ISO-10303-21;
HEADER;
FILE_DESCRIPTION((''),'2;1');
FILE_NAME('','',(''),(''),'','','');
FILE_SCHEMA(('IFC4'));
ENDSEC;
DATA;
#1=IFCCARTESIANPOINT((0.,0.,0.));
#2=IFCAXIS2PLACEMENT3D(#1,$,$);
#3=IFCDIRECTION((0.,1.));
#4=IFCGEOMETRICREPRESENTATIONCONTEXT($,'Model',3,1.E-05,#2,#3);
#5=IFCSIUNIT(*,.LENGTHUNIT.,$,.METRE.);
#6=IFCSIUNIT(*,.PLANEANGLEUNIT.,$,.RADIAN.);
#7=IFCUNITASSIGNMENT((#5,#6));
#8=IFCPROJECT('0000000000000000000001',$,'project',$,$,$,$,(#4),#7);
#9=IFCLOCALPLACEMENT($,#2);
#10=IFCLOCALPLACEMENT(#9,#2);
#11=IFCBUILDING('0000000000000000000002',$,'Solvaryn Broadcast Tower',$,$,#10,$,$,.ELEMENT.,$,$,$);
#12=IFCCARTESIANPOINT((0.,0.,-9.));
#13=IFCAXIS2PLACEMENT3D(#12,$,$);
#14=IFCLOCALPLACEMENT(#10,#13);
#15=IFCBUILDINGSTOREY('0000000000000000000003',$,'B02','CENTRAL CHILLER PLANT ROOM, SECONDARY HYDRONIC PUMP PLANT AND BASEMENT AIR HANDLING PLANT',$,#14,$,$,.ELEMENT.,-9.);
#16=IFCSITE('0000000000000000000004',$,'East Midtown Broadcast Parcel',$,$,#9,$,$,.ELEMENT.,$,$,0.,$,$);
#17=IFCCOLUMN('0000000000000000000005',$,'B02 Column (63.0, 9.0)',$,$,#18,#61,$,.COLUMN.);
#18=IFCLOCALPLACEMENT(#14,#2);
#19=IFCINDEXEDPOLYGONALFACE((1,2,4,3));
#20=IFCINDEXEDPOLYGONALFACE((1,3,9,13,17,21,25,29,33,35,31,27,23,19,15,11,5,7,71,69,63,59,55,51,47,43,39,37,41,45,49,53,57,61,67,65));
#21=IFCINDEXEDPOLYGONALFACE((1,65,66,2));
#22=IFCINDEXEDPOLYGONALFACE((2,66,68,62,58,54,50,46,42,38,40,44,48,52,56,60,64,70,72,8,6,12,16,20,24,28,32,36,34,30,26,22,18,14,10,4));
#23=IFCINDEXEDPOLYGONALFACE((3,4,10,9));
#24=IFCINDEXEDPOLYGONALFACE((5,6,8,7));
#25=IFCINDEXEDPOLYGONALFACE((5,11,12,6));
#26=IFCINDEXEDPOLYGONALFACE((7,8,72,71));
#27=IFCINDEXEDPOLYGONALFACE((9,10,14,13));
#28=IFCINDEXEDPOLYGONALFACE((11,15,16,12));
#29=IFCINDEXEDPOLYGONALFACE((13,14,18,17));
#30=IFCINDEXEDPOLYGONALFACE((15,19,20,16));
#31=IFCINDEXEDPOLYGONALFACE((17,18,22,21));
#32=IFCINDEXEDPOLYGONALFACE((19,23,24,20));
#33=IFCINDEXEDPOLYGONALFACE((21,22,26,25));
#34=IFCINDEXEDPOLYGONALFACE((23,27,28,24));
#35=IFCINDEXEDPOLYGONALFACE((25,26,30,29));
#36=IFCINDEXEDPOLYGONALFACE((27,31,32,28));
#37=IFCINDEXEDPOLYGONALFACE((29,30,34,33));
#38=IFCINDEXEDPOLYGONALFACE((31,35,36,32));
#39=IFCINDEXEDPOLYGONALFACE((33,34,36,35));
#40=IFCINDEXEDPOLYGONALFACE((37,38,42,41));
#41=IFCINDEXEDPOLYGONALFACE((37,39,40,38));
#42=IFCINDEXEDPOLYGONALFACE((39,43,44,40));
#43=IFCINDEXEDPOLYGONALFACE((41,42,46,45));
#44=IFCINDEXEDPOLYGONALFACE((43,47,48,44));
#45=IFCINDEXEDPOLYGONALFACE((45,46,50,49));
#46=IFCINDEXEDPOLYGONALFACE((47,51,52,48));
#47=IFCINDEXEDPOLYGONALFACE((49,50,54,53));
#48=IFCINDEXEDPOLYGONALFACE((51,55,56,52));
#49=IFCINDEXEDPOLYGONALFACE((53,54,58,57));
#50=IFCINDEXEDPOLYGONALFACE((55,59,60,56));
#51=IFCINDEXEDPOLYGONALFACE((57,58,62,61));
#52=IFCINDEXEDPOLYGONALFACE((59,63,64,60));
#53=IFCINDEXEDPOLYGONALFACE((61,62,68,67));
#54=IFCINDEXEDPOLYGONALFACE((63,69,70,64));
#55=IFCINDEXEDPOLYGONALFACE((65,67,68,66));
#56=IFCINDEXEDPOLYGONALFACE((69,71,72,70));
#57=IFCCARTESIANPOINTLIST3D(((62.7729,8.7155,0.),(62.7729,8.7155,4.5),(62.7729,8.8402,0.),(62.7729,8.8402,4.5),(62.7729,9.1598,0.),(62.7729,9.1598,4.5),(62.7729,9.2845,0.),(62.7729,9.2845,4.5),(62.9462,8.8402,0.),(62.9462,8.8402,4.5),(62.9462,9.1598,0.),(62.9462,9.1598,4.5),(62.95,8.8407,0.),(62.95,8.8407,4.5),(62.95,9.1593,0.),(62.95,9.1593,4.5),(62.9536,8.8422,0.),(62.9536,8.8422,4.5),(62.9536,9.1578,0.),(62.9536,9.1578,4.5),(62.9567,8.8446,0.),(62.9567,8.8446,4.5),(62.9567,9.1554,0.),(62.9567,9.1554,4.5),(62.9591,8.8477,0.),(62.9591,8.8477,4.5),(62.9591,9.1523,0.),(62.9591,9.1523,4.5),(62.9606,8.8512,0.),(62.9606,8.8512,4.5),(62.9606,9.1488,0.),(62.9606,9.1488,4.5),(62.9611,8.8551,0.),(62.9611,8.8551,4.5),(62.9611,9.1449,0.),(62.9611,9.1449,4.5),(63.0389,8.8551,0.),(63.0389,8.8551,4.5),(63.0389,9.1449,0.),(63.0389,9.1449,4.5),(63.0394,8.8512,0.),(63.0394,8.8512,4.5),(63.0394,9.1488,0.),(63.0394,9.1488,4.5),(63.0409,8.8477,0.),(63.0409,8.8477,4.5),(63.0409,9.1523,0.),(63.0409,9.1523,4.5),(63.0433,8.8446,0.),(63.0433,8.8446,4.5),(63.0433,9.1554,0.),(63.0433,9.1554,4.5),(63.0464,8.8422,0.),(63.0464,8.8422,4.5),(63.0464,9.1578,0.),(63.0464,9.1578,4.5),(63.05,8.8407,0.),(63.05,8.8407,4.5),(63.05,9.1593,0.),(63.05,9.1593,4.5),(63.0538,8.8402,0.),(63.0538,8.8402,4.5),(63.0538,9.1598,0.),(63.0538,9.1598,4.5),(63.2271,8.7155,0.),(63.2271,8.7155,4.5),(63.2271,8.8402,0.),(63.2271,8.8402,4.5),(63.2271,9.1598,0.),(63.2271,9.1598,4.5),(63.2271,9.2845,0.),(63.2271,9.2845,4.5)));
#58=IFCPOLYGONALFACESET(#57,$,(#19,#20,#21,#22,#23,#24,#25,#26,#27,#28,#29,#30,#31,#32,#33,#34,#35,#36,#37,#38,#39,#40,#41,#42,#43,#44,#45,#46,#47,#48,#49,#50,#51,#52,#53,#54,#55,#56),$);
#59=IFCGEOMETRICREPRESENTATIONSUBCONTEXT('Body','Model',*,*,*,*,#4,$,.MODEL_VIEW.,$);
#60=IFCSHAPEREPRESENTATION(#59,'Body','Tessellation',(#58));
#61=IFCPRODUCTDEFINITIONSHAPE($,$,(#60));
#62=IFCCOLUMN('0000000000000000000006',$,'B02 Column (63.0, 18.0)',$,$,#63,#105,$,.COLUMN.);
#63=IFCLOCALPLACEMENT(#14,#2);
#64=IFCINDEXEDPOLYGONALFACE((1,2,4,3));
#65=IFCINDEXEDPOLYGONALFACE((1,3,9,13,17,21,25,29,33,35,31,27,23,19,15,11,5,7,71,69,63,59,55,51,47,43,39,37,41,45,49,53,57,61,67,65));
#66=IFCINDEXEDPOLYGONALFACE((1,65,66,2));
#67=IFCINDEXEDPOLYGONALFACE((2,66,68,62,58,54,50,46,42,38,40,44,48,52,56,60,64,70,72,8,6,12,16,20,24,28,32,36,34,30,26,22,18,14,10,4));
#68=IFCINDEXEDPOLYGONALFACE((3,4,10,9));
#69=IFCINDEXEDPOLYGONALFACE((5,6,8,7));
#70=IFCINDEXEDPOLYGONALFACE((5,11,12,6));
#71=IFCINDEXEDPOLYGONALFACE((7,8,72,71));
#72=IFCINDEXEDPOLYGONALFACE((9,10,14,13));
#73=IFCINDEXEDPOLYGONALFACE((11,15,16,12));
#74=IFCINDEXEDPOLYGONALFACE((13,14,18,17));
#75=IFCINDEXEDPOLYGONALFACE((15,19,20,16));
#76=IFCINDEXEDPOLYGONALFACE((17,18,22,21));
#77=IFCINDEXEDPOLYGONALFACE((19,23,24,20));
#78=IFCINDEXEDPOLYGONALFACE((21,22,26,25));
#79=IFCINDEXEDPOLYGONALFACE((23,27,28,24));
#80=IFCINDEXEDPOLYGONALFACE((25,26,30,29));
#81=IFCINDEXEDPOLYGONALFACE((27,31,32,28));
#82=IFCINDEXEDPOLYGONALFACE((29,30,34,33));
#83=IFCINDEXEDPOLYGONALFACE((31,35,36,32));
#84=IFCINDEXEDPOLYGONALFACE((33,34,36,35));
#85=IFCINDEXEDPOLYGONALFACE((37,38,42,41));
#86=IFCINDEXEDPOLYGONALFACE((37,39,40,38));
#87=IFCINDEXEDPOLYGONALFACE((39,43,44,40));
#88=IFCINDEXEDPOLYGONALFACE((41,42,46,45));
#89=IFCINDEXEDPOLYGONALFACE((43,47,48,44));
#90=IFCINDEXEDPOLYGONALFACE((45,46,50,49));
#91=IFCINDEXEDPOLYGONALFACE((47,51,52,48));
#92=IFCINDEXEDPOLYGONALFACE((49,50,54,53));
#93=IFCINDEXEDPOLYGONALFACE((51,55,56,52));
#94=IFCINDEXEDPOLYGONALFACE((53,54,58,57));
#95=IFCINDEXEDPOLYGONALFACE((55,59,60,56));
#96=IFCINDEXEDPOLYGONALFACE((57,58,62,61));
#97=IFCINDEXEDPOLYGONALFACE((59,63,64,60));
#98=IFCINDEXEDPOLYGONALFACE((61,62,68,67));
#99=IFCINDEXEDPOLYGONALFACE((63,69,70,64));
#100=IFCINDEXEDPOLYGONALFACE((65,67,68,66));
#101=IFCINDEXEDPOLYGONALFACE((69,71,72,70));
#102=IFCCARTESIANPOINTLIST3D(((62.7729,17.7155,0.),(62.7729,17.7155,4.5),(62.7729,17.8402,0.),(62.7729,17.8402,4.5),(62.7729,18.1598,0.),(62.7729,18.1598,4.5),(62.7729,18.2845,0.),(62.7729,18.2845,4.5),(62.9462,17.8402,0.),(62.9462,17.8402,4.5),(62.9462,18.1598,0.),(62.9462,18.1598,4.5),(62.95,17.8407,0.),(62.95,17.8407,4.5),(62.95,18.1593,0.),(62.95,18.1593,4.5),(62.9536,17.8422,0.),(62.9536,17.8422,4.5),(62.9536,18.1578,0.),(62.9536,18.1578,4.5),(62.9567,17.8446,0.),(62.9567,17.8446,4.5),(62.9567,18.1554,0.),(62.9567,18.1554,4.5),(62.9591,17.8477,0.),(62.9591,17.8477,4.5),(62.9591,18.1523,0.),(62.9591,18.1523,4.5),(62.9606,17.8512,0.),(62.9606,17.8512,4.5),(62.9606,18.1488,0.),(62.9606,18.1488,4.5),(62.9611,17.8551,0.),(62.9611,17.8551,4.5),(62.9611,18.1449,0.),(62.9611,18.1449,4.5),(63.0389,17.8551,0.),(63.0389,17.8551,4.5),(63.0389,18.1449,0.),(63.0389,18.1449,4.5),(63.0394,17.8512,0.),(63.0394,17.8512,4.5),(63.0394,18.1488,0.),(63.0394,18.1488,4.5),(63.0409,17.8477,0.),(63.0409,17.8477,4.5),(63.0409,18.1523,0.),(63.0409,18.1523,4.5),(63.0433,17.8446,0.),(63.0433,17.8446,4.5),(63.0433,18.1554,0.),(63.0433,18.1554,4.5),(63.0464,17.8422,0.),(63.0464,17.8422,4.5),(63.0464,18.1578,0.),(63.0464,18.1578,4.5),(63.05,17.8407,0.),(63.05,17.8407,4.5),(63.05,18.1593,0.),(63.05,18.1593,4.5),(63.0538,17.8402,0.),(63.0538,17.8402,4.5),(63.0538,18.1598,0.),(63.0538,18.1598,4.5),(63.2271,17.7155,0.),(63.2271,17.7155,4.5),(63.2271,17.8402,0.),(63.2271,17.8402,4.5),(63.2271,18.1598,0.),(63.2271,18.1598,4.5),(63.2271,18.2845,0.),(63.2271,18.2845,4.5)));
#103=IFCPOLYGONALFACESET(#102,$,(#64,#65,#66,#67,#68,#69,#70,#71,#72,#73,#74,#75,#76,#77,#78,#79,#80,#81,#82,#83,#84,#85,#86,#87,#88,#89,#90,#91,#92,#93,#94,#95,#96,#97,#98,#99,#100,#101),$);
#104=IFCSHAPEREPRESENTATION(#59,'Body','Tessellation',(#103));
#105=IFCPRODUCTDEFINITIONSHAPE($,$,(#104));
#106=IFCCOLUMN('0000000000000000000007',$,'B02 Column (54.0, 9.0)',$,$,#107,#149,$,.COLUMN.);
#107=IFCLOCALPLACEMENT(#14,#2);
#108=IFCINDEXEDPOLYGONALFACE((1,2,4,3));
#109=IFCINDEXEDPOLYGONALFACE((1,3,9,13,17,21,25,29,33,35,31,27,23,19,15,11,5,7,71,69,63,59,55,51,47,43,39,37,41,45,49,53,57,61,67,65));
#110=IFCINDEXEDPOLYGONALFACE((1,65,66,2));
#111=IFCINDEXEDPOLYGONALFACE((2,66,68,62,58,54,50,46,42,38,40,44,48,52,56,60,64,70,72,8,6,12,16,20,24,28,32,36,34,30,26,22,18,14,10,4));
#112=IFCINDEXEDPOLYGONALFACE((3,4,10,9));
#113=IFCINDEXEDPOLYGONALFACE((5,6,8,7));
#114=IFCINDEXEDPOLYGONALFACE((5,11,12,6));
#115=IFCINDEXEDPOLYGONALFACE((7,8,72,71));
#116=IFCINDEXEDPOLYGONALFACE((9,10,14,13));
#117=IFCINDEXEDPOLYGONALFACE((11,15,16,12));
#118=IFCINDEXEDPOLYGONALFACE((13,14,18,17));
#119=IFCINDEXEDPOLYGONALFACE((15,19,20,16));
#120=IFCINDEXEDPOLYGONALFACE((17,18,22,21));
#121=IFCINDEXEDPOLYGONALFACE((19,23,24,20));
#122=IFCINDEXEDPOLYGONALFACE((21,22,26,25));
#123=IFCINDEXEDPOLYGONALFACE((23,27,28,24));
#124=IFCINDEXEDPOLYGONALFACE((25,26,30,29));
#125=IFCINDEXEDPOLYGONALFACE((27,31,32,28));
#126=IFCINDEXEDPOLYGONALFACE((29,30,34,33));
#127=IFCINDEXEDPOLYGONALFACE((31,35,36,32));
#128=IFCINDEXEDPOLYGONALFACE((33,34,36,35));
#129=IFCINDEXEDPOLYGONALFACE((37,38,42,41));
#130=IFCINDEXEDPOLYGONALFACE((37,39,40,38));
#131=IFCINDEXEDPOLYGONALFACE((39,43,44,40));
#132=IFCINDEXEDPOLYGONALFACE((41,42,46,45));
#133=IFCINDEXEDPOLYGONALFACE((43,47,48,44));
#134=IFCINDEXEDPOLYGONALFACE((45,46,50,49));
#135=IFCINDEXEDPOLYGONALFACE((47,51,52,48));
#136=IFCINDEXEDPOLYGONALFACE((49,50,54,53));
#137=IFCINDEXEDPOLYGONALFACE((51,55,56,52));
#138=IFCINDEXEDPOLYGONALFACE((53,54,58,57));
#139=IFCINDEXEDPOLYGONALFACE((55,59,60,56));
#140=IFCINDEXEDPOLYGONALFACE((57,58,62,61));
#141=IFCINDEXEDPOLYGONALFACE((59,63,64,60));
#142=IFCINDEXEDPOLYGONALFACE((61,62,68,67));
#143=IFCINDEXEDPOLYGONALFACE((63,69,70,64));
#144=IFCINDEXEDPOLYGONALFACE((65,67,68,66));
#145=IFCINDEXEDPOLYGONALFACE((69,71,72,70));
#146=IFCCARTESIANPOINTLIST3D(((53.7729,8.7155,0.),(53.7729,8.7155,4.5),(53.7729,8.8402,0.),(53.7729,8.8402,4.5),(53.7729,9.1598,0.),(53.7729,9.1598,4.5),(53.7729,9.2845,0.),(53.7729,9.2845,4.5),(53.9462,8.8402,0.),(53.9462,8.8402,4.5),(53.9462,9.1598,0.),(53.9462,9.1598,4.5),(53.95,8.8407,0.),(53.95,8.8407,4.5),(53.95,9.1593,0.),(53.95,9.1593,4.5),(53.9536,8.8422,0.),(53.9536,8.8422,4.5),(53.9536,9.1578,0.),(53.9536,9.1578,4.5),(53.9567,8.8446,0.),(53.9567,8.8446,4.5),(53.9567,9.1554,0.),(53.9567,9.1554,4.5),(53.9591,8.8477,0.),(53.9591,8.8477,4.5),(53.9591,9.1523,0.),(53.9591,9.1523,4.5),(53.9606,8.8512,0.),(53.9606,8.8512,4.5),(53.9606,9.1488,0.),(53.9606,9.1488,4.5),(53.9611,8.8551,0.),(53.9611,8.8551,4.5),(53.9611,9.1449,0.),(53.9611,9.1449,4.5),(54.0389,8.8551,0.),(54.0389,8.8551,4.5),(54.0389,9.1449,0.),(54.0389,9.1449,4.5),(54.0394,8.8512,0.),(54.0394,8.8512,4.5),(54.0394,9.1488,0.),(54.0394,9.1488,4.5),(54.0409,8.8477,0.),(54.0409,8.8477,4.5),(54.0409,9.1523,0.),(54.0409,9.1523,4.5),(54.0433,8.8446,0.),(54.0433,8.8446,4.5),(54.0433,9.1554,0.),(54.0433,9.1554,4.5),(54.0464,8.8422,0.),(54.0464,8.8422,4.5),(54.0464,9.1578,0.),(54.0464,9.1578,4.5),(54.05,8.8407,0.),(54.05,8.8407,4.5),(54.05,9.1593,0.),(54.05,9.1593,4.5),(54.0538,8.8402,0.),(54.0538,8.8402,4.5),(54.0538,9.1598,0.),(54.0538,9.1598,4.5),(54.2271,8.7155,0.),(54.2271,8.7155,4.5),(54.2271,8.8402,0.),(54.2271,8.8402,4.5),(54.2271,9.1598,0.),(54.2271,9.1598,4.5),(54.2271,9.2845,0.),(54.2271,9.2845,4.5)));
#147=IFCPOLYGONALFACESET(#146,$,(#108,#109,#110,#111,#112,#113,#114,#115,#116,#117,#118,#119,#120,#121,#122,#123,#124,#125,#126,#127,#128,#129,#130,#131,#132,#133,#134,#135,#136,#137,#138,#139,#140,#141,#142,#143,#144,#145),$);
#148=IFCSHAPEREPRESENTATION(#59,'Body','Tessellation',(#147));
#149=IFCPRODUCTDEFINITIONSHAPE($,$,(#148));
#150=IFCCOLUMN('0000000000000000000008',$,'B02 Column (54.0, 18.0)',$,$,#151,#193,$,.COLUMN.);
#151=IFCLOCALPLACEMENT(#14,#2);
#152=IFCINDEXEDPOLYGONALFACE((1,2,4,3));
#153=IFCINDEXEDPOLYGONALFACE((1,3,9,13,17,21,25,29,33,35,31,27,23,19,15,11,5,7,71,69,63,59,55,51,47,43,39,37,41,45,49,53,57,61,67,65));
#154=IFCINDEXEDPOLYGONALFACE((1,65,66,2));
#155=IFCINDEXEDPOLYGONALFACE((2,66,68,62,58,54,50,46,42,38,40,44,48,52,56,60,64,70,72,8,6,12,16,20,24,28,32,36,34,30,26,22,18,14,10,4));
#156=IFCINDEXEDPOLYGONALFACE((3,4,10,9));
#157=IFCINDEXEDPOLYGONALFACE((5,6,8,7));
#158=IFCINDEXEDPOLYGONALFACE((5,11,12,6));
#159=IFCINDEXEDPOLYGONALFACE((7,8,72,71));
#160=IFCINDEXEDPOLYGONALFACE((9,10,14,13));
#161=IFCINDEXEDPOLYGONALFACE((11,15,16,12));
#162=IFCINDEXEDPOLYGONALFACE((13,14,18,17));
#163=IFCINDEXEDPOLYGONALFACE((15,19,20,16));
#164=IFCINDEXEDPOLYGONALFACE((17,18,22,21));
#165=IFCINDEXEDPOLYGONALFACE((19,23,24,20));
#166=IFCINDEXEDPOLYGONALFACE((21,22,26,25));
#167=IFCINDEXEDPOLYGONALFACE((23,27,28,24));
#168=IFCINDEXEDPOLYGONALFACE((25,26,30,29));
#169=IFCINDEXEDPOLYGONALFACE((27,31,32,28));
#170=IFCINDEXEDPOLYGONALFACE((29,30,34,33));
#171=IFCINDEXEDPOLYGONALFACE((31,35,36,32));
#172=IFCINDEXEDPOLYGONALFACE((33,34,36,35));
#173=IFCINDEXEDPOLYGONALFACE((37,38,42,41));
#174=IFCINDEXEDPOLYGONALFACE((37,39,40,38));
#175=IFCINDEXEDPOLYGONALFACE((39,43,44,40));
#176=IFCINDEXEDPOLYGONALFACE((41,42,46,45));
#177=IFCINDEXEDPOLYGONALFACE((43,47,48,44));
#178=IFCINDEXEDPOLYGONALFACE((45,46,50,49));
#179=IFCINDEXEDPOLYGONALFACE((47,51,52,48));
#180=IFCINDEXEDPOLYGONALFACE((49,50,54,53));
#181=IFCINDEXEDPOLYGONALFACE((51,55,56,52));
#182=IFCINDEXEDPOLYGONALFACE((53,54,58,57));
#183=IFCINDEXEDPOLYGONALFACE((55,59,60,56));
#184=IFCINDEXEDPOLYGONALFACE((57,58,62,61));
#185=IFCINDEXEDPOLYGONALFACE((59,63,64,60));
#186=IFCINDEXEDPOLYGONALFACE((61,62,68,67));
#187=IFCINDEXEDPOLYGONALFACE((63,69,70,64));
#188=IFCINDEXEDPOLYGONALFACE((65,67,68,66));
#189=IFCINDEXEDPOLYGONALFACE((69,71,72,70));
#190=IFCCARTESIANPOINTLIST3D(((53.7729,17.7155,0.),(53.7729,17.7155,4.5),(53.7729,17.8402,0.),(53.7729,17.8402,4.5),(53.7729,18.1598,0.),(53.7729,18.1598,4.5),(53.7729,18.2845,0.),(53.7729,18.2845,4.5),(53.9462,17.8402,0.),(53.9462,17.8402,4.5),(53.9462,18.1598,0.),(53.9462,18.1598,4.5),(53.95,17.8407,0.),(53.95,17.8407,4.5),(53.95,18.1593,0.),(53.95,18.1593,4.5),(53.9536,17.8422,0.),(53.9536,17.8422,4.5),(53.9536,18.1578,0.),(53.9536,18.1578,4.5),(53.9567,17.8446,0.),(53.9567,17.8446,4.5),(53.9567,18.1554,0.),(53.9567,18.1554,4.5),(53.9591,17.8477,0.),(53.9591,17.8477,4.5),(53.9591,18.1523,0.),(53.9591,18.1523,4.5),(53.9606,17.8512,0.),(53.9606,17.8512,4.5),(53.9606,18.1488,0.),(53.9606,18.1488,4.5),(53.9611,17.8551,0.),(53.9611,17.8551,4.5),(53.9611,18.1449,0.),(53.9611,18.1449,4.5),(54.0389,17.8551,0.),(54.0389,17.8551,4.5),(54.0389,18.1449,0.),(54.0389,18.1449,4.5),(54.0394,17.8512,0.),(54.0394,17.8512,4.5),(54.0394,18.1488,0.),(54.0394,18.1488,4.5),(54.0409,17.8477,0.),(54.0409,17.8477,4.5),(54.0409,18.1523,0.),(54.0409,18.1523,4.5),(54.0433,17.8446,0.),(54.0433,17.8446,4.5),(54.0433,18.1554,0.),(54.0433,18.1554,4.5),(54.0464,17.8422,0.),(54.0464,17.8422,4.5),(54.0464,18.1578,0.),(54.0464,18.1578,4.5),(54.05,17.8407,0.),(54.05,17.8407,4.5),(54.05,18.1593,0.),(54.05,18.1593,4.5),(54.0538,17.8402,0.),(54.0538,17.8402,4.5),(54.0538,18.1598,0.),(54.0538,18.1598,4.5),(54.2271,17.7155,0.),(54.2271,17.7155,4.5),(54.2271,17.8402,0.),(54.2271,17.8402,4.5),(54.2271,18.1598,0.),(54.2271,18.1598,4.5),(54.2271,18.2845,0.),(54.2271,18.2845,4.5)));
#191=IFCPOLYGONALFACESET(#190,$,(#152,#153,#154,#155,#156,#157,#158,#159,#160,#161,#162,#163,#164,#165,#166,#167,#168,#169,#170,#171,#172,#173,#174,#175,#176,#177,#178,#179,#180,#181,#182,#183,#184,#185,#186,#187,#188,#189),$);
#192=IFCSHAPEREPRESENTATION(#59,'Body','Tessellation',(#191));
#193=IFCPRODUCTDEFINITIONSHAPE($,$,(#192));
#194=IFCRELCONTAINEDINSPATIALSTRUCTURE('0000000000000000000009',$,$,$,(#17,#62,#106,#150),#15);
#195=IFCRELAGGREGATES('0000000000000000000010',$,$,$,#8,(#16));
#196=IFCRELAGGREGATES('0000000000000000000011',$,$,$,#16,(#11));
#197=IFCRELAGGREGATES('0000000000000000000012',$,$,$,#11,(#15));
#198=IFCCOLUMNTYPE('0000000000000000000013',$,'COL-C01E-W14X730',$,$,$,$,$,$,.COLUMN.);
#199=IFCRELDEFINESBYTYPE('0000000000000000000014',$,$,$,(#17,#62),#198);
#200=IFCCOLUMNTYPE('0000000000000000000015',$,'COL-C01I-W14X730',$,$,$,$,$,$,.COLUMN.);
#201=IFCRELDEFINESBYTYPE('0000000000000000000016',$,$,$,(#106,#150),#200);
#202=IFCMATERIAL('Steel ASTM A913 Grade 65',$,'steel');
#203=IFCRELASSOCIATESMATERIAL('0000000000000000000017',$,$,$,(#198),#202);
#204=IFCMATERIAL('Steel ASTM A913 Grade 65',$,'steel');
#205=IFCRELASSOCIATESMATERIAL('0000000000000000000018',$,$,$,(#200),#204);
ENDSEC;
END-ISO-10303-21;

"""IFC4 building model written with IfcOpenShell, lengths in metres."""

from ifc_helpers import new_model, si_unit, direction, frame, origin, origin_2d, place, context, subcontext, project, spatial, i_section, extrude, material, material_profile, profile_set, type_object, element, save


model = new_model("IFC4")

# Units and contexts
model_context = context("Model", 3, precision=1e-05, world=origin(), true_north=direction((0.0, 1.0)))
body_context = subcontext(model_context, "Body", "Model", "MODEL_VIEW")
ifc_project = project(units=[si_unit("LENGTHUNIT", "METRE"), si_unit("PLANEANGLEUNIT", "RADIAN")], contexts=[model_context])

# Site, building, storey
site_placement = place(None, origin())
site = spatial("IfcSite", under=ifc_project, at=site_placement, Name="East Midtown Broadcast Parcel", CompositionType="ELEMENT", RefElevation=0.0)
building_placement = place(site_placement, origin())
building = spatial("IfcBuilding", under=site, at=building_placement, Name="Solvaryn Broadcast Tower", CompositionType="ELEMENT")
storey_placement = place(building_placement, frame((0.0, 0.0, -9.0)))
storey = spatial("IfcBuildingStorey", under=building, at=storey_placement, Name="B02", Description="CENTRAL CHILLER PLANT ROOM, SECONDARY HYDRONIC PUMP PLANT AND BASEMENT AIR HANDLING PLANT", CompositionType="ELEMENT", Elevation=-9.0)

# Columns
ifc_material_1 = material(Name="Steel ASTM A913 Grade 65", Category="steel")
ifc_material_profile_1 = material_profile(ifc_material_1, i_section(OverallWidth=0.4541, OverallDepth=0.5691, WebThickness=0.0779, FlangeThickness=0.1248, FilletRadius=0.0149, at=origin_2d()))
ifc_profile_set_1 = profile_set([ifc_material_profile_1], Name="Steel ASTM A913 Grade 65")
column_type_1 = type_object("IfcColumnType", Name="COL-C01E-W14X730", PredefinedType="COLUMN", material=ifc_profile_set_1)
for number, where, z_axis, x_axis, name in (
    (1, (63.0, 9.0, 0.0), (0.0, 0.0, 1.0), (1.0, 0.0, 0.0), "B02 Column (63.0, 9.0)"),
    (2, (63.0, 18.0, 0.0), (0.0, 0.0, 1.0), (1.0, 0.0, 0.0), "B02 Column (63.0, 18.0)"),
):
    element("IfcColumn", number, at=place(storey_placement, frame(where, z_axis=z_axis, x_axis=x_axis)), inside=storey, type_object=column_type_1, Name=name, PredefinedType="COLUMN", context=body_context, shape_type="SweptSolid", body=[
        extrude(i_section(OverallWidth=0.4541, OverallDepth=0.5691, WebThickness=0.0779, FlangeThickness=0.1248, FilletRadius=0.0149, at=origin_2d()), origin(), (0.0, 0.0, 1.0), 4.5),
    ])
ifc_material_2 = material(Name="Steel ASTM A913 Grade 65", Category="steel")
ifc_material_profile_2 = material_profile(ifc_material_2, i_section(OverallWidth=0.4541, OverallDepth=0.5691, WebThickness=0.0779, FlangeThickness=0.1248, FilletRadius=0.0149, at=origin_2d()))
ifc_profile_set_2 = profile_set([ifc_material_profile_2], Name="Steel ASTM A913 Grade 65")
column_type_2 = type_object("IfcColumnType", Name="COL-C01I-W14X730", PredefinedType="COLUMN", material=ifc_profile_set_2)
for number, where, z_axis, x_axis, name in (
    (3, (54.0, 9.0, 0.0), (0.0, 0.0, 1.0), (1.0, 0.0, 0.0), "B02 Column (54.0, 9.0)"),
    (4, (54.0, 18.0, 0.0), (0.0, 0.0, 1.0), (1.0, 0.0, 0.0), "B02 Column (54.0, 18.0)"),
):
    element("IfcColumn", number, at=place(storey_placement, frame(where, z_axis=z_axis, x_axis=x_axis)), inside=storey, type_object=column_type_2, Name=name, PredefinedType="COLUMN", context=body_context, shape_type="SweptSolid", body=[
        extrude(i_section(OverallWidth=0.4541, OverallDepth=0.5691, WebThickness=0.0779, FlangeThickness=0.1248, FilletRadius=0.0149, at=origin_2d()), origin(), (0.0, 0.0, 1.0), 4.5),
    ])

save(model, "model.ifc")
